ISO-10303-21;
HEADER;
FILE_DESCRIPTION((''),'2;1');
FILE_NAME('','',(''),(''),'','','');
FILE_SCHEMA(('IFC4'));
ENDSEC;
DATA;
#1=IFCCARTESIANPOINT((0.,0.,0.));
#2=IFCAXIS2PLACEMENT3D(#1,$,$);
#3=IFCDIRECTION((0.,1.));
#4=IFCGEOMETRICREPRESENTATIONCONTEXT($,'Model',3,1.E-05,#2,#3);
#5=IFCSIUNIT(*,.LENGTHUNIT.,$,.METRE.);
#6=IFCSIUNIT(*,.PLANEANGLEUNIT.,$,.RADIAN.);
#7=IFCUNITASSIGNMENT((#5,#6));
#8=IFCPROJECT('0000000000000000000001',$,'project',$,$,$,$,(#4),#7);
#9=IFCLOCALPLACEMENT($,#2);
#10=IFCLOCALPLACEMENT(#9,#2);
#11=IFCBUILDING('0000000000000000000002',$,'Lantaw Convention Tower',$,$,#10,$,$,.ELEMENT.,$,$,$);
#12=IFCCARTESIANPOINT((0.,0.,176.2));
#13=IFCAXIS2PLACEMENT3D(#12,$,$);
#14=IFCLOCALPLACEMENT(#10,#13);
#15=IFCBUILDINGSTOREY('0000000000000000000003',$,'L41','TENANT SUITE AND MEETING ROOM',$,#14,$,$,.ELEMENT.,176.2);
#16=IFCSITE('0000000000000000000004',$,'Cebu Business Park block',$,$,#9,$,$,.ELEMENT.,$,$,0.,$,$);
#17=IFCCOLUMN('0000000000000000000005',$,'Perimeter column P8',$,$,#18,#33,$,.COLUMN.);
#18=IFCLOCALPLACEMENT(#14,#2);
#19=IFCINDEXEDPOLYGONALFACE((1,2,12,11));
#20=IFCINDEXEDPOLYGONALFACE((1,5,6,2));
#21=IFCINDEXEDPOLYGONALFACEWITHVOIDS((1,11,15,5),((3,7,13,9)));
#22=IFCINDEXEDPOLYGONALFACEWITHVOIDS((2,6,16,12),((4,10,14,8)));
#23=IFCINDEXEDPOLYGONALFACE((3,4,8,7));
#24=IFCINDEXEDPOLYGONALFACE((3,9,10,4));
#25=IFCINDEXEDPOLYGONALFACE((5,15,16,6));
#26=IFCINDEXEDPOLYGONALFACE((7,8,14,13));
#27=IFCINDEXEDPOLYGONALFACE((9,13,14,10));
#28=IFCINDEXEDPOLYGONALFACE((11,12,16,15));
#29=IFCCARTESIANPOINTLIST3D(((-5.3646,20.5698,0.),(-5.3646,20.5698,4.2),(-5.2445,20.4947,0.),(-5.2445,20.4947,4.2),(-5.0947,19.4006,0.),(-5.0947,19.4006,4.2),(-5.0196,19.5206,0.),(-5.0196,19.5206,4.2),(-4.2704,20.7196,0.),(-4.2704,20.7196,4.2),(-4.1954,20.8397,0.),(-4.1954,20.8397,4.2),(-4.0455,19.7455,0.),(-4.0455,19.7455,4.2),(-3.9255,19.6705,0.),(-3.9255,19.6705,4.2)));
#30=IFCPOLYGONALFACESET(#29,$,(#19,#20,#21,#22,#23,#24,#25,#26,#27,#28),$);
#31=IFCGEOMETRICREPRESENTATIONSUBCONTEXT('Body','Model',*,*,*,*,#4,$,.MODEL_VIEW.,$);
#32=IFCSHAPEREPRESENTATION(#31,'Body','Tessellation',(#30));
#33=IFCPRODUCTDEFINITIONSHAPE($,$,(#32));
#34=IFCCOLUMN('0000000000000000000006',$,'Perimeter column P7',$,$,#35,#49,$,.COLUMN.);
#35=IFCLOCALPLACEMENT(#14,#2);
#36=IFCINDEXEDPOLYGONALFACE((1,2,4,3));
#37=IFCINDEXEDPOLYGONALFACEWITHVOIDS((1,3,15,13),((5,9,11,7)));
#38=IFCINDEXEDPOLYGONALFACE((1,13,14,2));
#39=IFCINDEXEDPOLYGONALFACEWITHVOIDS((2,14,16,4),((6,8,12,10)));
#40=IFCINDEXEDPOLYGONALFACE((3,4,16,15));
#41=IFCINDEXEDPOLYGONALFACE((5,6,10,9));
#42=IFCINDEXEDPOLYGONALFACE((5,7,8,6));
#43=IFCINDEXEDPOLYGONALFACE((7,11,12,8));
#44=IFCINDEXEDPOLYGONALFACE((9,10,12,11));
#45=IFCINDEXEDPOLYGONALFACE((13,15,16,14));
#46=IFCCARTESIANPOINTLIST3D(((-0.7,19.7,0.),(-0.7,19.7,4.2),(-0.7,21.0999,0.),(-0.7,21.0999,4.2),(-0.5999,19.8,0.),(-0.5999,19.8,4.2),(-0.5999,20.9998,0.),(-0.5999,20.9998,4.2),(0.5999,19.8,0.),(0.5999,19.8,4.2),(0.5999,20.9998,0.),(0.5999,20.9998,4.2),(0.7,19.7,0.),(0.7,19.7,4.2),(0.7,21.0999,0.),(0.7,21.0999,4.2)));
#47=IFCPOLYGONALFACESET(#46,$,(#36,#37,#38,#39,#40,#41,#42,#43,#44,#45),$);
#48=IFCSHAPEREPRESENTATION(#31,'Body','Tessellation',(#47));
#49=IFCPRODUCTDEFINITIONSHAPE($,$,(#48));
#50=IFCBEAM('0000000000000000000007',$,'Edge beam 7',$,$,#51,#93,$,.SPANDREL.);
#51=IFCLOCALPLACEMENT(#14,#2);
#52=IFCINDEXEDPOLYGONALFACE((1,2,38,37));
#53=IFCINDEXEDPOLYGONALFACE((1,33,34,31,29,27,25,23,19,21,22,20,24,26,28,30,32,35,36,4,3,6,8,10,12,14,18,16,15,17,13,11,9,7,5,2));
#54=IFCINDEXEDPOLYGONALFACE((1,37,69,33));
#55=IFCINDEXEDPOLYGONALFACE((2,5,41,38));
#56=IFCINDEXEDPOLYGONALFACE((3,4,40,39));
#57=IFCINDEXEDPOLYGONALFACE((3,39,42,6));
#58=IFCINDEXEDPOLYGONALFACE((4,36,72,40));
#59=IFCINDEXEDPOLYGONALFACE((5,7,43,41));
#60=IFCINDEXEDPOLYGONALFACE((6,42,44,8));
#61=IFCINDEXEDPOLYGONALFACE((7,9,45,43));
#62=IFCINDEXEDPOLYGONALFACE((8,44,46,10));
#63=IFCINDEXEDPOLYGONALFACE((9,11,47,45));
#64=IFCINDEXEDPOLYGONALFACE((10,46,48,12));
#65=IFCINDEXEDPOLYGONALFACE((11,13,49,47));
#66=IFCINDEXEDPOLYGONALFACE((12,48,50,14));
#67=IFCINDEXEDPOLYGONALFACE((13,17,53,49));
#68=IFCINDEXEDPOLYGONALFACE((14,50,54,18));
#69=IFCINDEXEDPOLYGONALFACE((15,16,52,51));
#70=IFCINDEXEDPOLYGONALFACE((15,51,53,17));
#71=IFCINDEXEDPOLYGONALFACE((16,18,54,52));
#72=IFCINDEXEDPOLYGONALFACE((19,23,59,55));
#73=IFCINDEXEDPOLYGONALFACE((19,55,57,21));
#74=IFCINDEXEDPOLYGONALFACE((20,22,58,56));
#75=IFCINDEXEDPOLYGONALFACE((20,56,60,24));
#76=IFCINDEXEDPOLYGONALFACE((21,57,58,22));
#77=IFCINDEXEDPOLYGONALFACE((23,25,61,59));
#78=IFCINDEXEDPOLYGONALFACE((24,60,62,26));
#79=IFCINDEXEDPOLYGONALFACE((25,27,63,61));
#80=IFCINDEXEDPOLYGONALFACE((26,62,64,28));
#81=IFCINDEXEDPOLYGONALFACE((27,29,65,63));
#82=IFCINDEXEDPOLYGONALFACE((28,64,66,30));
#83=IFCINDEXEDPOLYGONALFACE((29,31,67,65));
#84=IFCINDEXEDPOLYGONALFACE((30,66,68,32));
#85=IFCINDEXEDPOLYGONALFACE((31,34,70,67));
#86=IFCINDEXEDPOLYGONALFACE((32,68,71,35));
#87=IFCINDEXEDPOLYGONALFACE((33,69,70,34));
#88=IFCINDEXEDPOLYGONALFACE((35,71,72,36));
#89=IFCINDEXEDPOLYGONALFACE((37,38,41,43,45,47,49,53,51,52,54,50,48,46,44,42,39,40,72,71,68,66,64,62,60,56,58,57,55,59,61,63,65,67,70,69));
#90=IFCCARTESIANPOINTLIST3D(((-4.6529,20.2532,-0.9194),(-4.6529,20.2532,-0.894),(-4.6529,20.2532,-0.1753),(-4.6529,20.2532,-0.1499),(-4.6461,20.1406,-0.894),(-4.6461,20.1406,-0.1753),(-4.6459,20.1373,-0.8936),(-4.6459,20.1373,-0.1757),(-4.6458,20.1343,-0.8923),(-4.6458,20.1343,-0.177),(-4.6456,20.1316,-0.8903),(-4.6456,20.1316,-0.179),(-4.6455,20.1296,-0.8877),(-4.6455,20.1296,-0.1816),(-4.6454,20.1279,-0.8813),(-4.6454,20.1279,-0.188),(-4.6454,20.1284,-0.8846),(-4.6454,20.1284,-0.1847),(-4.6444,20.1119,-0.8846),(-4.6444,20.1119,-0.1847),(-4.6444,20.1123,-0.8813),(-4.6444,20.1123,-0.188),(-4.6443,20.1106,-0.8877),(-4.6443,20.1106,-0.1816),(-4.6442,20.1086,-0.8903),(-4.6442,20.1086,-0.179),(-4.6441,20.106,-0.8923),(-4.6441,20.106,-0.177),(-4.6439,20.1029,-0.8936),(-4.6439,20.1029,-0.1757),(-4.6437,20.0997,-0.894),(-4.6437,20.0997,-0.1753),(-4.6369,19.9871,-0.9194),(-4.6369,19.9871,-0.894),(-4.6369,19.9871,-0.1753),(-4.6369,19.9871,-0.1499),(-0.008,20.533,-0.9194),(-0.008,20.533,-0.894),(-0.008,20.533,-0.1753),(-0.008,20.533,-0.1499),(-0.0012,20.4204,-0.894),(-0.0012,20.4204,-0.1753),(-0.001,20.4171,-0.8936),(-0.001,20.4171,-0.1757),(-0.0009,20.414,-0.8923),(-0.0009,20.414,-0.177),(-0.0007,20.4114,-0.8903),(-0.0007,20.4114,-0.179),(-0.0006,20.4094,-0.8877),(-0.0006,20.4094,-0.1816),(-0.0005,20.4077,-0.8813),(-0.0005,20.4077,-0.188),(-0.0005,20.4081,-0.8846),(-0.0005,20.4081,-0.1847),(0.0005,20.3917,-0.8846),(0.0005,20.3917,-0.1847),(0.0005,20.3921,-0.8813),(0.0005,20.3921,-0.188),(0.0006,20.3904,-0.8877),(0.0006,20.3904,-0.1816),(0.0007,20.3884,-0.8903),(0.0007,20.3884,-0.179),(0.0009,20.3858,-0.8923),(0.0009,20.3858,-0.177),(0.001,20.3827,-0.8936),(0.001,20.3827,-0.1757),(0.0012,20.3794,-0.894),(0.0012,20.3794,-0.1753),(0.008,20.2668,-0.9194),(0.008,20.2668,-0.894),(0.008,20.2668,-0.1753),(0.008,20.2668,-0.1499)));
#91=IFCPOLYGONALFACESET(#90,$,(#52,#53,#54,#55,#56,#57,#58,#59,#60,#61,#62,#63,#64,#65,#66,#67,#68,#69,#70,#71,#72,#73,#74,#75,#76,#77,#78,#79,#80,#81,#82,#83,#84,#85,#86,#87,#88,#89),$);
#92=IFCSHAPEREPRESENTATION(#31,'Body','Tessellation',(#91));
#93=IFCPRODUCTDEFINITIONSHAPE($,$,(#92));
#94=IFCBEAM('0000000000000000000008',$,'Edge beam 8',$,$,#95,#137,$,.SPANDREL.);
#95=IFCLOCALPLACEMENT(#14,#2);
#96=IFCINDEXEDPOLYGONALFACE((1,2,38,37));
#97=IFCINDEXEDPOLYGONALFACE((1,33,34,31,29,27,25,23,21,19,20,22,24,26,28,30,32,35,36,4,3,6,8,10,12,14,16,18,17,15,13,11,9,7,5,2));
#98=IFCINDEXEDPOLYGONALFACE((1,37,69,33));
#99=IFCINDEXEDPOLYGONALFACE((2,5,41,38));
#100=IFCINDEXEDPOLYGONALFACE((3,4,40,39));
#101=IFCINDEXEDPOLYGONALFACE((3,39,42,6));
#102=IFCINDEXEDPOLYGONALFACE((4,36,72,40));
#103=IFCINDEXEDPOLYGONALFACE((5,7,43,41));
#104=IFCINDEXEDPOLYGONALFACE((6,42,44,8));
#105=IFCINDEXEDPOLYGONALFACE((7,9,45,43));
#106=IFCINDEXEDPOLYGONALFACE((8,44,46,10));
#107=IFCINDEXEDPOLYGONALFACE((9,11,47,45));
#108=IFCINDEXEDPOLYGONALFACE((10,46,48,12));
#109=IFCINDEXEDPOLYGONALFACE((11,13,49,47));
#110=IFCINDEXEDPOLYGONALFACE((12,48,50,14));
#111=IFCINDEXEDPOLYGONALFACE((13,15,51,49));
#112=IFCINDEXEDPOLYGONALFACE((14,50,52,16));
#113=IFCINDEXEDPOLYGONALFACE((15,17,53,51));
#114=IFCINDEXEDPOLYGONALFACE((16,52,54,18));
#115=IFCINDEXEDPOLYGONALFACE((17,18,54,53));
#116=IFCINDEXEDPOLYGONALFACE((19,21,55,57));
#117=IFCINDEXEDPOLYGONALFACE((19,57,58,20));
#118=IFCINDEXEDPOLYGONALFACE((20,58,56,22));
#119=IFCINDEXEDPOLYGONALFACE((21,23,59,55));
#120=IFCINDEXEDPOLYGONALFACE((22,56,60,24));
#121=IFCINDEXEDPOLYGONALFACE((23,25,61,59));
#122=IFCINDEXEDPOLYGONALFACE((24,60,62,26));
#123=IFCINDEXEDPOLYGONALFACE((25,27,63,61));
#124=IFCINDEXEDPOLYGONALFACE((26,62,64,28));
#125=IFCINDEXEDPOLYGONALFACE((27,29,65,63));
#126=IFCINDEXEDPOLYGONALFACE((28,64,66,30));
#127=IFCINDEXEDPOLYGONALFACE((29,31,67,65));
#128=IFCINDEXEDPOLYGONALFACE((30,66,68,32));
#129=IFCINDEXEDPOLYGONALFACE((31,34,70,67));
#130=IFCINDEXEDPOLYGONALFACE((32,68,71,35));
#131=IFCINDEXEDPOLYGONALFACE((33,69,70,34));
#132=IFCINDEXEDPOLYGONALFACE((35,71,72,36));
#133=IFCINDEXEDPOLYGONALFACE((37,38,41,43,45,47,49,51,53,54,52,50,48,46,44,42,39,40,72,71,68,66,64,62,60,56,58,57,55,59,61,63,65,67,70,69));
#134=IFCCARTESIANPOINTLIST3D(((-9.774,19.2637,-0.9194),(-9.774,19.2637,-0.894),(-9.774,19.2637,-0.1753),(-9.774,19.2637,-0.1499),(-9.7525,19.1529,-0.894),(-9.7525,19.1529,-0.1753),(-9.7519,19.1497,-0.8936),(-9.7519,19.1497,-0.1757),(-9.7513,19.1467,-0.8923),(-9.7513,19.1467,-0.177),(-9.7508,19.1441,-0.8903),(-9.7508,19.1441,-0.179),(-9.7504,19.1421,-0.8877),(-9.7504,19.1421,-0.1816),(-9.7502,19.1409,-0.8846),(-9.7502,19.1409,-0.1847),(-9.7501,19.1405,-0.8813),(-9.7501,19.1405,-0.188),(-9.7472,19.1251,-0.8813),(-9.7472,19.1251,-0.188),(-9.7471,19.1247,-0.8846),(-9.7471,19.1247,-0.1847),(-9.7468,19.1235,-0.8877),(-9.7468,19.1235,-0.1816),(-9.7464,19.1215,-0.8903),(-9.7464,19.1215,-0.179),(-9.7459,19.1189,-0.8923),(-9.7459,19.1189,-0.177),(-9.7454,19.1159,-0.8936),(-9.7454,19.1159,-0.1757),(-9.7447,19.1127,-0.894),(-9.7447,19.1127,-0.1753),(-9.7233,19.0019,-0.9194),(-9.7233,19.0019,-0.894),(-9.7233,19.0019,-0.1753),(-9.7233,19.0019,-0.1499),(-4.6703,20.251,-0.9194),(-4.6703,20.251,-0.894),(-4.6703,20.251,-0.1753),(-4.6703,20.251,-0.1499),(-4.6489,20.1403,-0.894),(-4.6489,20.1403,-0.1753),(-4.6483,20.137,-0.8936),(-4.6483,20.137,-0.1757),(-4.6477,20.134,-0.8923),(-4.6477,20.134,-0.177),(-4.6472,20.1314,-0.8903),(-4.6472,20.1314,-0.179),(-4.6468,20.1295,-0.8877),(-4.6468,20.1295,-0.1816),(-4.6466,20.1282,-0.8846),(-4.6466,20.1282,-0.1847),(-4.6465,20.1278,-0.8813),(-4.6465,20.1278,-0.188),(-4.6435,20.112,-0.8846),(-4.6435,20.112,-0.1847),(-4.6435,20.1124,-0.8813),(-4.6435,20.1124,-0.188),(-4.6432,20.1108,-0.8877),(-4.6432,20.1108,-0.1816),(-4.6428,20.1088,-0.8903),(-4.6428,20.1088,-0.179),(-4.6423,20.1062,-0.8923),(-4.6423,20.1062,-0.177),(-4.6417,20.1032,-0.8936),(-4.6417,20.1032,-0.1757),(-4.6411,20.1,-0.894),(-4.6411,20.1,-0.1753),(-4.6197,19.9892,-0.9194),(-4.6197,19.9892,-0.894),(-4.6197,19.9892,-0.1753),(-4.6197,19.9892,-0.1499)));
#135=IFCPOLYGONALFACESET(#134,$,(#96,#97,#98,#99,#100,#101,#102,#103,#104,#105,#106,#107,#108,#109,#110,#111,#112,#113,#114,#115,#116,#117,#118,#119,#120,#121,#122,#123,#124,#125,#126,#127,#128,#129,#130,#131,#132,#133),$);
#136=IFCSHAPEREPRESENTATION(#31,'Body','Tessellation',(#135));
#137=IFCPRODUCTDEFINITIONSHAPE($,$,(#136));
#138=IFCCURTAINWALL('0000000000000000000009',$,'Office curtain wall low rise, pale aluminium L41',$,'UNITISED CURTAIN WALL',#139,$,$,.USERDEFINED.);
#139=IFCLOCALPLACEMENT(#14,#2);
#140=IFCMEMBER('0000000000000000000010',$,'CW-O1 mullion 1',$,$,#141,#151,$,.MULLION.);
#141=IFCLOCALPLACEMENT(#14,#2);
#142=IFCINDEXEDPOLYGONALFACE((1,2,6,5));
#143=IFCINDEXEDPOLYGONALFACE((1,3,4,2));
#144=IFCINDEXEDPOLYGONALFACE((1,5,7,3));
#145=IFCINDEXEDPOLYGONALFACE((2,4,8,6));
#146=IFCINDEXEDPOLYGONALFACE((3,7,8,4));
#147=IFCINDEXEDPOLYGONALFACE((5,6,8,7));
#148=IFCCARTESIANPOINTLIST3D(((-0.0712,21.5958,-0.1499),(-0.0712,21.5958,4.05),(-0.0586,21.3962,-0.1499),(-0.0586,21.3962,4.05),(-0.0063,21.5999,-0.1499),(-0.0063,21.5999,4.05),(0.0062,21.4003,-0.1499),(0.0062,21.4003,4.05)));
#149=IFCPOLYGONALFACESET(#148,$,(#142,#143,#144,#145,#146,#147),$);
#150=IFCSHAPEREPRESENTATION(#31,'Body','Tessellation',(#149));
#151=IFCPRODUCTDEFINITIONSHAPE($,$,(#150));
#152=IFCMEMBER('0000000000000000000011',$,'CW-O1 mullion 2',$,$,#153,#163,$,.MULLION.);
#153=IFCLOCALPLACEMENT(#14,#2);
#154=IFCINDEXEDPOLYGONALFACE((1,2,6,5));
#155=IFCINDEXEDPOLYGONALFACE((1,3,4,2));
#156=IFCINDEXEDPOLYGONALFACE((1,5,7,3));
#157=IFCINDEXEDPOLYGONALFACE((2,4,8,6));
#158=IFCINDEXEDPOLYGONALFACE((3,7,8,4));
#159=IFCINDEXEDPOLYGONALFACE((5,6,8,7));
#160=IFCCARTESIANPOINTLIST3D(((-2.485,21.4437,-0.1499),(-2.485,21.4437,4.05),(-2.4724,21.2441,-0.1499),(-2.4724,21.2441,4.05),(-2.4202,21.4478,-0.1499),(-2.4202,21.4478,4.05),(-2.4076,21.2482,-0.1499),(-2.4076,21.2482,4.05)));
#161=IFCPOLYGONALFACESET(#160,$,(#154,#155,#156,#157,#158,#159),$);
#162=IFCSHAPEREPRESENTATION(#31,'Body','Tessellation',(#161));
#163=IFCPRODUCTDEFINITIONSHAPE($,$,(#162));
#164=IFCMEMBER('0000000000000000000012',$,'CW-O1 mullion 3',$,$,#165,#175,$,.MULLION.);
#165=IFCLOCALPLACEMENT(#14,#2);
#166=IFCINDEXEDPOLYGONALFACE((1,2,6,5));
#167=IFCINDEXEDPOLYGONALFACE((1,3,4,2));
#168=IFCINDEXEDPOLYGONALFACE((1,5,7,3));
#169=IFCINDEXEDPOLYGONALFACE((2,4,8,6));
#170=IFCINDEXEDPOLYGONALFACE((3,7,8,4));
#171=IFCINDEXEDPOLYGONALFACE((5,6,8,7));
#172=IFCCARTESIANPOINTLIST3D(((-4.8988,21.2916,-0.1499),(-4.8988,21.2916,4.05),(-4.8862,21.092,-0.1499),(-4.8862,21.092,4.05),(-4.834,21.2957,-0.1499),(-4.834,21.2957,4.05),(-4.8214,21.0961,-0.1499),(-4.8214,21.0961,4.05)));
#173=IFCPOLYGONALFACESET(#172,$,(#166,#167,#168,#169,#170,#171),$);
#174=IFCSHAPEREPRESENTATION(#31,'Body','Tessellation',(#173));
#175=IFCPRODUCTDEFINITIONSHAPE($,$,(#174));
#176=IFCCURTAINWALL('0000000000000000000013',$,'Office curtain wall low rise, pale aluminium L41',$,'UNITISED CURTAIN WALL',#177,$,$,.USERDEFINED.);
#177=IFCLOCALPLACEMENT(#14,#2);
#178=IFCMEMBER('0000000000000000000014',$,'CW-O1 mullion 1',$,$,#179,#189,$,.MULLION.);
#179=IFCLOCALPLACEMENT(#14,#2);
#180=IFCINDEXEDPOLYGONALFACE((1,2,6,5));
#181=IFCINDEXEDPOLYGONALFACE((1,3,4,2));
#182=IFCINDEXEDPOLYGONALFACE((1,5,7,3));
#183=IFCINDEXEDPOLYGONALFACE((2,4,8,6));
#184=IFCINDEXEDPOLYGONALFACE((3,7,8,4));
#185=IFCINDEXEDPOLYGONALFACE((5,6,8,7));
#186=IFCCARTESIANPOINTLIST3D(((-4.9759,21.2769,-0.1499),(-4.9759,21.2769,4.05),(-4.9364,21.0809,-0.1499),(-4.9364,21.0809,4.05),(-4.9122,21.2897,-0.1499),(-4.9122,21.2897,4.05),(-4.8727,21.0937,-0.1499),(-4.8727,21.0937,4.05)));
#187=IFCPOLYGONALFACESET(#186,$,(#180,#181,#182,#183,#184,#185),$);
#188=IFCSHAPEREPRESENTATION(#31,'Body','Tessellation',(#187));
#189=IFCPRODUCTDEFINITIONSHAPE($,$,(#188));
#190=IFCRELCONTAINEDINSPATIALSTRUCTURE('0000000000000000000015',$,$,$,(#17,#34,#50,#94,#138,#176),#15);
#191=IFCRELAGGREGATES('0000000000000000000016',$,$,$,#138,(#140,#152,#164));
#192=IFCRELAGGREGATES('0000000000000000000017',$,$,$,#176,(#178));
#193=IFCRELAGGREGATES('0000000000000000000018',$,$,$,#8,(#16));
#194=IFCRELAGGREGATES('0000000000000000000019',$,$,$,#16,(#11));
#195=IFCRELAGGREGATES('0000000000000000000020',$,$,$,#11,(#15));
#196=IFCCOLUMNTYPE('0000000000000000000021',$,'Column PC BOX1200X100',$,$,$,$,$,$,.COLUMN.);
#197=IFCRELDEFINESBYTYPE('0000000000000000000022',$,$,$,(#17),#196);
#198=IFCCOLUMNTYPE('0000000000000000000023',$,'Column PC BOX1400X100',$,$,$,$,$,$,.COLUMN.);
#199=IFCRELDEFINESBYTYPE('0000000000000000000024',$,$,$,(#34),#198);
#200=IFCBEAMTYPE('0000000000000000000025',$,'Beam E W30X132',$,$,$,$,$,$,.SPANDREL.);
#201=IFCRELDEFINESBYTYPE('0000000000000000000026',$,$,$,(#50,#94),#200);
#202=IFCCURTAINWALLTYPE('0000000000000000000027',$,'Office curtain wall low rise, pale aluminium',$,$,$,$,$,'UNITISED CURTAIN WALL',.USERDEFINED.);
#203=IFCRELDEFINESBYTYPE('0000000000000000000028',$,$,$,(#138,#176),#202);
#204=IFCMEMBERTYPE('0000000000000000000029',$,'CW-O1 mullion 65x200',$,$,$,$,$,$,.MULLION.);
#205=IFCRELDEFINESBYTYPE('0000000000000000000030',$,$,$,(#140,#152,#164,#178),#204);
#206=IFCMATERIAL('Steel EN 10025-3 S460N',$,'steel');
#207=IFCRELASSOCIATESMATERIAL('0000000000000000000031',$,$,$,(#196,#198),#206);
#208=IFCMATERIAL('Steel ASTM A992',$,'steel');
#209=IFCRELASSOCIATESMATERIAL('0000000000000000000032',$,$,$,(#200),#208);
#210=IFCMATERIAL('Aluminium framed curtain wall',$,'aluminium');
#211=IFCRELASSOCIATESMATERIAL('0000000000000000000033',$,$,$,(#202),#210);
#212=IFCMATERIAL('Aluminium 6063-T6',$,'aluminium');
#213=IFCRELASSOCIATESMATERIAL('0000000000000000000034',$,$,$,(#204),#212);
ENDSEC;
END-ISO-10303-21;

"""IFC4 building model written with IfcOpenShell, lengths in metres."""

from ifc_helpers import new_model, si_unit, direction, frame, origin, origin_2d, place, context, subcontext, project, spatial, rectangle, hollow_rectangle, i_section, extrude, material, material_profile, profile_set, type_object, element, aggregate, save


model = new_model("IFC4")

# Units and contexts
model_context = context("Model", 3, precision=1e-05, world=origin(), true_north=direction((0.0, 1.0)))
body_context = subcontext(model_context, "Body", "Model", "MODEL_VIEW")
ifc_project = project(units=[si_unit("LENGTHUNIT", "METRE"), si_unit("PLANEANGLEUNIT", "RADIAN")], contexts=[model_context])

# Site, building, storey
site_placement = place(None, origin())
site = spatial("IfcSite", under=ifc_project, at=site_placement, Name="Cebu Business Park block", CompositionType="ELEMENT", RefElevation=0.0)
building_placement = place(site_placement, origin())
building = spatial("IfcBuilding", under=site, at=building_placement, Name="Lantaw Convention Tower", CompositionType="ELEMENT")
storey_placement = place(building_placement, frame((0.0, 0.0, 176.2)))
storey = spatial("IfcBuildingStorey", under=building, at=storey_placement, Name="L41", Description="TENANT SUITE AND MEETING ROOM", CompositionType="ELEMENT", Elevation=176.2)

# Columns
ifc_material_1 = material(Name="Steel EN 10025-3 S460N", Category="steel")
ifc_material_profile_1 = material_profile(ifc_material_1, hollow_rectangle(XDim=1.2, YDim=1.2, WallThickness=0.1001, at=origin_2d()), Name="BOX1200X100")
ifc_material_2 = material(Name="Concrete C60/75", Category="concrete")
ifc_material_profile_2 = material_profile(ifc_material_2, rectangle(XDim=1.0, YDim=1.0, at=origin_2d()), Name="Concrete fill of BOX1200X100")
ifc_profile_set_1 = profile_set([ifc_material_profile_1, ifc_material_profile_2], Name="Steel EN 10025-3 S460N")
column_type_1 = type_object("IfcColumnType", Name="Column PC BOX1200X100", PredefinedType="COLUMN", material=ifc_profile_set_1)
column_1_placement = place(storey_placement, frame((-4.645, 20.1201, 0.0), z_axis=(0.0, 0.0, 1.0), x_axis=(0.97437, 0.224951, 0.0)))
element("IfcColumn", 1, at=column_1_placement, inside=storey, type_object=column_type_1, Name="Perimeter column P8", PredefinedType="COLUMN", context=body_context, shape_type="SweptSolid", body=[
    extrude(hollow_rectangle(XDim=1.2, YDim=1.2, WallThickness=0.1001, at=origin_2d()), origin(), (0.0, 0.0, 1.0), 4.2),
])
ifc_material_profile_3 = material_profile(ifc_material_1, hollow_rectangle(XDim=1.3999, YDim=1.3999, WallThickness=0.1001, at=origin_2d()), Name="BOX1400X100")
ifc_material_profile_4 = material_profile(ifc_material_2, rectangle(XDim=1.2, YDim=1.2, at=origin_2d()), Name="Concrete fill of BOX1400X100")
ifc_profile_set_2 = profile_set([ifc_material_profile_3, ifc_material_profile_4], Name="Steel EN 10025-3 S460N")
column_type_2 = type_object("IfcColumnType", Name="Column PC BOX1400X100", PredefinedType="COLUMN", material=ifc_profile_set_2)
column_2_placement = place(storey_placement, frame((0.0, 20.3999, 0.0), z_axis=(0.0, 0.0, 1.0), x_axis=(1.0, 0.0, 0.0)))
element("IfcColumn", 2, at=column_2_placement, inside=storey, type_object=column_type_2, Name="Perimeter column P7", PredefinedType="COLUMN", context=body_context, shape_type="SweptSolid", body=[
    extrude(hollow_rectangle(XDim=1.3999, YDim=1.3999, WallThickness=0.1001, at=origin_2d()), origin(), (0.0, 0.0, 1.0), 4.2),
])

# Beams
ifc_material_3 = material(Name="Steel ASTM A992", Category="steel")
ifc_material_profile_5 = material_profile(ifc_material_3, i_section(OverallWidth=0.2666, OverallDepth=0.7695, WebThickness=0.0156, FlangeThickness=0.0254, FilletRadius=0.0127, at=origin_2d()), Name="W30X132")
ifc_profile_set_3 = profile_set([ifc_material_profile_5], Name="Steel ASTM A992")
beam_type = type_object("IfcBeamType", Name="Beam E W30X132", PredefinedType="SPANDREL", material=ifc_profile_set_3)
beam_1_placement = place(storey_placement, frame((0.0, 20.3999, -0.5347), z_axis=(-0.998191, -0.060124, 0.0), x_axis=(0.060124, -0.998191, 0.0)))
element("IfcBeam", 3, at=beam_1_placement, inside=storey, type_object=beam_type, Name="Edge beam 7", PredefinedType="SPANDREL", context=body_context, shape_type="SweptSolid", body=[
    extrude(i_section(OverallWidth=0.2666, OverallDepth=0.7695, WebThickness=0.0156, FlangeThickness=0.0254, FilletRadius=0.0127, at=origin_2d()), origin(), (0.0, 0.0, 1.0), 4.6533),
])
beam_2_placement = place(storey_placement, frame((-4.645, 20.1201, -0.5347), z_axis=(-0.981797, -0.189934, 0.0), x_axis=(0.189934, -0.981797, 0.0)))
element("IfcBeam", 4, at=beam_2_placement, inside=storey, type_object=beam_type, Name="Edge beam 8", PredefinedType="SPANDREL", context=body_context, shape_type="SweptSolid", body=[
    extrude(i_section(OverallWidth=0.2666, OverallDepth=0.7695, WebThickness=0.0156, FlangeThickness=0.0254, FilletRadius=0.0127, at=origin_2d()), origin(), (0.0, 0.0, 1.0), 5.1982),
])

# Curtain walls, members
ifc_material_4 = material(Name="Aluminium framed curtain wall", Category="aluminium")
curtain_wall_type = type_object("IfcCurtainWallType", Name="Office curtain wall low rise, pale aluminium", ElementType="UNITISED CURTAIN WALL", PredefinedType="USERDEFINED", material=ifc_material_4)
curtain_wall_1_placement = place(storey_placement, origin())
curtain_wall_1 = element("IfcCurtainWall", 5, at=curtain_wall_1_placement, inside=storey, type_object=curtain_wall_type, Name="Office curtain wall low rise, pale aluminium L41", ObjectType="UNITISED CURTAIN WALL", PredefinedType="USERDEFINED")
ifc_material_5 = material(Name="Aluminium 6063-T6", Category="aluminium")
ifc_material_profile_6 = material_profile(ifc_material_5, rectangle(XDim=0.2, YDim=0.0649, at=origin_2d()), Name="CW-O1 mullion 65x200")
ifc_profile_set_4 = profile_set([ifc_material_profile_6], Name="Aluminium 6063-T6")
member_type_1 = type_object("IfcMemberType", Name="CW-O1 mullion 65x200", PredefinedType="MULLION", material=ifc_profile_set_4)
member_1_placement = place(storey_placement, frame((-0.0325, 21.498, -0.1499), z_axis=(0.0, 0.0, 1.0), x_axis=(0.062865, -0.998022, 0.0)))
member_1 = element("IfcMember", 6, at=member_1_placement, type_object=member_type_1, Name="CW-O1 mullion 1", PredefinedType="MULLION", context=body_context, shape_type="SweptSolid", body=[
    extrude(rectangle(XDim=0.2, YDim=0.0649, at=origin_2d()), origin(), (0.0, 0.0, 1.0), 4.2),
])
member_2_placement = place(storey_placement, frame((-2.4463, 21.3459, -0.1499), z_axis=(0.0, 0.0, 1.0), x_axis=(0.062865, -0.998022, 0.0)))
member_2 = element("IfcMember", 7, at=member_2_placement, type_object=member_type_1, Name="CW-O1 mullion 2", PredefinedType="MULLION", context=body_context, shape_type="SweptSolid", body=[
    extrude(rectangle(XDim=0.2, YDim=0.0649, at=origin_2d()), origin(), (0.0, 0.0, 1.0), 4.2),
])
member_3_placement = place(storey_placement, frame((-4.8601, 21.1938, -0.1499), z_axis=(0.0, 0.0, 1.0), x_axis=(0.062865, -0.998022, 0.0)))
member_3 = element("IfcMember", 8, at=member_3_placement, type_object=member_type_1, Name="CW-O1 mullion 3", PredefinedType="MULLION", context=body_context, shape_type="SweptSolid", body=[
    extrude(rectangle(XDim=0.2, YDim=0.0649, at=origin_2d()), origin(), (0.0, 0.0, 1.0), 4.2),
])
curtain_wall_2_placement = place(storey_placement, origin())
curtain_wall_2 = element("IfcCurtainWall", 9, at=curtain_wall_2_placement, inside=storey, type_object=curtain_wall_type, Name="Office curtain wall low rise, pale aluminium L41", ObjectType="UNITISED CURTAIN WALL", PredefinedType="USERDEFINED")
member_4_placement = place(storey_placement, frame((-4.9243, 21.1853, -0.1499), z_axis=(0.0, 0.0, 1.0), x_axis=(0.197507, -0.980302, 0.0)))
member_4 = element("IfcMember", 10, at=member_4_placement, type_object=member_type_1, Name="CW-O1 mullion 1", PredefinedType="MULLION", context=body_context, shape_type="SweptSolid", body=[
    extrude(rectangle(XDim=0.2, YDim=0.0649, at=origin_2d()), origin(), (0.0, 0.0, 1.0), 4.2),
])

aggregate(curtain_wall_1, [member_1, member_2, member_3])
aggregate(curtain_wall_2, [member_4])

save(model, "model.ifc")
